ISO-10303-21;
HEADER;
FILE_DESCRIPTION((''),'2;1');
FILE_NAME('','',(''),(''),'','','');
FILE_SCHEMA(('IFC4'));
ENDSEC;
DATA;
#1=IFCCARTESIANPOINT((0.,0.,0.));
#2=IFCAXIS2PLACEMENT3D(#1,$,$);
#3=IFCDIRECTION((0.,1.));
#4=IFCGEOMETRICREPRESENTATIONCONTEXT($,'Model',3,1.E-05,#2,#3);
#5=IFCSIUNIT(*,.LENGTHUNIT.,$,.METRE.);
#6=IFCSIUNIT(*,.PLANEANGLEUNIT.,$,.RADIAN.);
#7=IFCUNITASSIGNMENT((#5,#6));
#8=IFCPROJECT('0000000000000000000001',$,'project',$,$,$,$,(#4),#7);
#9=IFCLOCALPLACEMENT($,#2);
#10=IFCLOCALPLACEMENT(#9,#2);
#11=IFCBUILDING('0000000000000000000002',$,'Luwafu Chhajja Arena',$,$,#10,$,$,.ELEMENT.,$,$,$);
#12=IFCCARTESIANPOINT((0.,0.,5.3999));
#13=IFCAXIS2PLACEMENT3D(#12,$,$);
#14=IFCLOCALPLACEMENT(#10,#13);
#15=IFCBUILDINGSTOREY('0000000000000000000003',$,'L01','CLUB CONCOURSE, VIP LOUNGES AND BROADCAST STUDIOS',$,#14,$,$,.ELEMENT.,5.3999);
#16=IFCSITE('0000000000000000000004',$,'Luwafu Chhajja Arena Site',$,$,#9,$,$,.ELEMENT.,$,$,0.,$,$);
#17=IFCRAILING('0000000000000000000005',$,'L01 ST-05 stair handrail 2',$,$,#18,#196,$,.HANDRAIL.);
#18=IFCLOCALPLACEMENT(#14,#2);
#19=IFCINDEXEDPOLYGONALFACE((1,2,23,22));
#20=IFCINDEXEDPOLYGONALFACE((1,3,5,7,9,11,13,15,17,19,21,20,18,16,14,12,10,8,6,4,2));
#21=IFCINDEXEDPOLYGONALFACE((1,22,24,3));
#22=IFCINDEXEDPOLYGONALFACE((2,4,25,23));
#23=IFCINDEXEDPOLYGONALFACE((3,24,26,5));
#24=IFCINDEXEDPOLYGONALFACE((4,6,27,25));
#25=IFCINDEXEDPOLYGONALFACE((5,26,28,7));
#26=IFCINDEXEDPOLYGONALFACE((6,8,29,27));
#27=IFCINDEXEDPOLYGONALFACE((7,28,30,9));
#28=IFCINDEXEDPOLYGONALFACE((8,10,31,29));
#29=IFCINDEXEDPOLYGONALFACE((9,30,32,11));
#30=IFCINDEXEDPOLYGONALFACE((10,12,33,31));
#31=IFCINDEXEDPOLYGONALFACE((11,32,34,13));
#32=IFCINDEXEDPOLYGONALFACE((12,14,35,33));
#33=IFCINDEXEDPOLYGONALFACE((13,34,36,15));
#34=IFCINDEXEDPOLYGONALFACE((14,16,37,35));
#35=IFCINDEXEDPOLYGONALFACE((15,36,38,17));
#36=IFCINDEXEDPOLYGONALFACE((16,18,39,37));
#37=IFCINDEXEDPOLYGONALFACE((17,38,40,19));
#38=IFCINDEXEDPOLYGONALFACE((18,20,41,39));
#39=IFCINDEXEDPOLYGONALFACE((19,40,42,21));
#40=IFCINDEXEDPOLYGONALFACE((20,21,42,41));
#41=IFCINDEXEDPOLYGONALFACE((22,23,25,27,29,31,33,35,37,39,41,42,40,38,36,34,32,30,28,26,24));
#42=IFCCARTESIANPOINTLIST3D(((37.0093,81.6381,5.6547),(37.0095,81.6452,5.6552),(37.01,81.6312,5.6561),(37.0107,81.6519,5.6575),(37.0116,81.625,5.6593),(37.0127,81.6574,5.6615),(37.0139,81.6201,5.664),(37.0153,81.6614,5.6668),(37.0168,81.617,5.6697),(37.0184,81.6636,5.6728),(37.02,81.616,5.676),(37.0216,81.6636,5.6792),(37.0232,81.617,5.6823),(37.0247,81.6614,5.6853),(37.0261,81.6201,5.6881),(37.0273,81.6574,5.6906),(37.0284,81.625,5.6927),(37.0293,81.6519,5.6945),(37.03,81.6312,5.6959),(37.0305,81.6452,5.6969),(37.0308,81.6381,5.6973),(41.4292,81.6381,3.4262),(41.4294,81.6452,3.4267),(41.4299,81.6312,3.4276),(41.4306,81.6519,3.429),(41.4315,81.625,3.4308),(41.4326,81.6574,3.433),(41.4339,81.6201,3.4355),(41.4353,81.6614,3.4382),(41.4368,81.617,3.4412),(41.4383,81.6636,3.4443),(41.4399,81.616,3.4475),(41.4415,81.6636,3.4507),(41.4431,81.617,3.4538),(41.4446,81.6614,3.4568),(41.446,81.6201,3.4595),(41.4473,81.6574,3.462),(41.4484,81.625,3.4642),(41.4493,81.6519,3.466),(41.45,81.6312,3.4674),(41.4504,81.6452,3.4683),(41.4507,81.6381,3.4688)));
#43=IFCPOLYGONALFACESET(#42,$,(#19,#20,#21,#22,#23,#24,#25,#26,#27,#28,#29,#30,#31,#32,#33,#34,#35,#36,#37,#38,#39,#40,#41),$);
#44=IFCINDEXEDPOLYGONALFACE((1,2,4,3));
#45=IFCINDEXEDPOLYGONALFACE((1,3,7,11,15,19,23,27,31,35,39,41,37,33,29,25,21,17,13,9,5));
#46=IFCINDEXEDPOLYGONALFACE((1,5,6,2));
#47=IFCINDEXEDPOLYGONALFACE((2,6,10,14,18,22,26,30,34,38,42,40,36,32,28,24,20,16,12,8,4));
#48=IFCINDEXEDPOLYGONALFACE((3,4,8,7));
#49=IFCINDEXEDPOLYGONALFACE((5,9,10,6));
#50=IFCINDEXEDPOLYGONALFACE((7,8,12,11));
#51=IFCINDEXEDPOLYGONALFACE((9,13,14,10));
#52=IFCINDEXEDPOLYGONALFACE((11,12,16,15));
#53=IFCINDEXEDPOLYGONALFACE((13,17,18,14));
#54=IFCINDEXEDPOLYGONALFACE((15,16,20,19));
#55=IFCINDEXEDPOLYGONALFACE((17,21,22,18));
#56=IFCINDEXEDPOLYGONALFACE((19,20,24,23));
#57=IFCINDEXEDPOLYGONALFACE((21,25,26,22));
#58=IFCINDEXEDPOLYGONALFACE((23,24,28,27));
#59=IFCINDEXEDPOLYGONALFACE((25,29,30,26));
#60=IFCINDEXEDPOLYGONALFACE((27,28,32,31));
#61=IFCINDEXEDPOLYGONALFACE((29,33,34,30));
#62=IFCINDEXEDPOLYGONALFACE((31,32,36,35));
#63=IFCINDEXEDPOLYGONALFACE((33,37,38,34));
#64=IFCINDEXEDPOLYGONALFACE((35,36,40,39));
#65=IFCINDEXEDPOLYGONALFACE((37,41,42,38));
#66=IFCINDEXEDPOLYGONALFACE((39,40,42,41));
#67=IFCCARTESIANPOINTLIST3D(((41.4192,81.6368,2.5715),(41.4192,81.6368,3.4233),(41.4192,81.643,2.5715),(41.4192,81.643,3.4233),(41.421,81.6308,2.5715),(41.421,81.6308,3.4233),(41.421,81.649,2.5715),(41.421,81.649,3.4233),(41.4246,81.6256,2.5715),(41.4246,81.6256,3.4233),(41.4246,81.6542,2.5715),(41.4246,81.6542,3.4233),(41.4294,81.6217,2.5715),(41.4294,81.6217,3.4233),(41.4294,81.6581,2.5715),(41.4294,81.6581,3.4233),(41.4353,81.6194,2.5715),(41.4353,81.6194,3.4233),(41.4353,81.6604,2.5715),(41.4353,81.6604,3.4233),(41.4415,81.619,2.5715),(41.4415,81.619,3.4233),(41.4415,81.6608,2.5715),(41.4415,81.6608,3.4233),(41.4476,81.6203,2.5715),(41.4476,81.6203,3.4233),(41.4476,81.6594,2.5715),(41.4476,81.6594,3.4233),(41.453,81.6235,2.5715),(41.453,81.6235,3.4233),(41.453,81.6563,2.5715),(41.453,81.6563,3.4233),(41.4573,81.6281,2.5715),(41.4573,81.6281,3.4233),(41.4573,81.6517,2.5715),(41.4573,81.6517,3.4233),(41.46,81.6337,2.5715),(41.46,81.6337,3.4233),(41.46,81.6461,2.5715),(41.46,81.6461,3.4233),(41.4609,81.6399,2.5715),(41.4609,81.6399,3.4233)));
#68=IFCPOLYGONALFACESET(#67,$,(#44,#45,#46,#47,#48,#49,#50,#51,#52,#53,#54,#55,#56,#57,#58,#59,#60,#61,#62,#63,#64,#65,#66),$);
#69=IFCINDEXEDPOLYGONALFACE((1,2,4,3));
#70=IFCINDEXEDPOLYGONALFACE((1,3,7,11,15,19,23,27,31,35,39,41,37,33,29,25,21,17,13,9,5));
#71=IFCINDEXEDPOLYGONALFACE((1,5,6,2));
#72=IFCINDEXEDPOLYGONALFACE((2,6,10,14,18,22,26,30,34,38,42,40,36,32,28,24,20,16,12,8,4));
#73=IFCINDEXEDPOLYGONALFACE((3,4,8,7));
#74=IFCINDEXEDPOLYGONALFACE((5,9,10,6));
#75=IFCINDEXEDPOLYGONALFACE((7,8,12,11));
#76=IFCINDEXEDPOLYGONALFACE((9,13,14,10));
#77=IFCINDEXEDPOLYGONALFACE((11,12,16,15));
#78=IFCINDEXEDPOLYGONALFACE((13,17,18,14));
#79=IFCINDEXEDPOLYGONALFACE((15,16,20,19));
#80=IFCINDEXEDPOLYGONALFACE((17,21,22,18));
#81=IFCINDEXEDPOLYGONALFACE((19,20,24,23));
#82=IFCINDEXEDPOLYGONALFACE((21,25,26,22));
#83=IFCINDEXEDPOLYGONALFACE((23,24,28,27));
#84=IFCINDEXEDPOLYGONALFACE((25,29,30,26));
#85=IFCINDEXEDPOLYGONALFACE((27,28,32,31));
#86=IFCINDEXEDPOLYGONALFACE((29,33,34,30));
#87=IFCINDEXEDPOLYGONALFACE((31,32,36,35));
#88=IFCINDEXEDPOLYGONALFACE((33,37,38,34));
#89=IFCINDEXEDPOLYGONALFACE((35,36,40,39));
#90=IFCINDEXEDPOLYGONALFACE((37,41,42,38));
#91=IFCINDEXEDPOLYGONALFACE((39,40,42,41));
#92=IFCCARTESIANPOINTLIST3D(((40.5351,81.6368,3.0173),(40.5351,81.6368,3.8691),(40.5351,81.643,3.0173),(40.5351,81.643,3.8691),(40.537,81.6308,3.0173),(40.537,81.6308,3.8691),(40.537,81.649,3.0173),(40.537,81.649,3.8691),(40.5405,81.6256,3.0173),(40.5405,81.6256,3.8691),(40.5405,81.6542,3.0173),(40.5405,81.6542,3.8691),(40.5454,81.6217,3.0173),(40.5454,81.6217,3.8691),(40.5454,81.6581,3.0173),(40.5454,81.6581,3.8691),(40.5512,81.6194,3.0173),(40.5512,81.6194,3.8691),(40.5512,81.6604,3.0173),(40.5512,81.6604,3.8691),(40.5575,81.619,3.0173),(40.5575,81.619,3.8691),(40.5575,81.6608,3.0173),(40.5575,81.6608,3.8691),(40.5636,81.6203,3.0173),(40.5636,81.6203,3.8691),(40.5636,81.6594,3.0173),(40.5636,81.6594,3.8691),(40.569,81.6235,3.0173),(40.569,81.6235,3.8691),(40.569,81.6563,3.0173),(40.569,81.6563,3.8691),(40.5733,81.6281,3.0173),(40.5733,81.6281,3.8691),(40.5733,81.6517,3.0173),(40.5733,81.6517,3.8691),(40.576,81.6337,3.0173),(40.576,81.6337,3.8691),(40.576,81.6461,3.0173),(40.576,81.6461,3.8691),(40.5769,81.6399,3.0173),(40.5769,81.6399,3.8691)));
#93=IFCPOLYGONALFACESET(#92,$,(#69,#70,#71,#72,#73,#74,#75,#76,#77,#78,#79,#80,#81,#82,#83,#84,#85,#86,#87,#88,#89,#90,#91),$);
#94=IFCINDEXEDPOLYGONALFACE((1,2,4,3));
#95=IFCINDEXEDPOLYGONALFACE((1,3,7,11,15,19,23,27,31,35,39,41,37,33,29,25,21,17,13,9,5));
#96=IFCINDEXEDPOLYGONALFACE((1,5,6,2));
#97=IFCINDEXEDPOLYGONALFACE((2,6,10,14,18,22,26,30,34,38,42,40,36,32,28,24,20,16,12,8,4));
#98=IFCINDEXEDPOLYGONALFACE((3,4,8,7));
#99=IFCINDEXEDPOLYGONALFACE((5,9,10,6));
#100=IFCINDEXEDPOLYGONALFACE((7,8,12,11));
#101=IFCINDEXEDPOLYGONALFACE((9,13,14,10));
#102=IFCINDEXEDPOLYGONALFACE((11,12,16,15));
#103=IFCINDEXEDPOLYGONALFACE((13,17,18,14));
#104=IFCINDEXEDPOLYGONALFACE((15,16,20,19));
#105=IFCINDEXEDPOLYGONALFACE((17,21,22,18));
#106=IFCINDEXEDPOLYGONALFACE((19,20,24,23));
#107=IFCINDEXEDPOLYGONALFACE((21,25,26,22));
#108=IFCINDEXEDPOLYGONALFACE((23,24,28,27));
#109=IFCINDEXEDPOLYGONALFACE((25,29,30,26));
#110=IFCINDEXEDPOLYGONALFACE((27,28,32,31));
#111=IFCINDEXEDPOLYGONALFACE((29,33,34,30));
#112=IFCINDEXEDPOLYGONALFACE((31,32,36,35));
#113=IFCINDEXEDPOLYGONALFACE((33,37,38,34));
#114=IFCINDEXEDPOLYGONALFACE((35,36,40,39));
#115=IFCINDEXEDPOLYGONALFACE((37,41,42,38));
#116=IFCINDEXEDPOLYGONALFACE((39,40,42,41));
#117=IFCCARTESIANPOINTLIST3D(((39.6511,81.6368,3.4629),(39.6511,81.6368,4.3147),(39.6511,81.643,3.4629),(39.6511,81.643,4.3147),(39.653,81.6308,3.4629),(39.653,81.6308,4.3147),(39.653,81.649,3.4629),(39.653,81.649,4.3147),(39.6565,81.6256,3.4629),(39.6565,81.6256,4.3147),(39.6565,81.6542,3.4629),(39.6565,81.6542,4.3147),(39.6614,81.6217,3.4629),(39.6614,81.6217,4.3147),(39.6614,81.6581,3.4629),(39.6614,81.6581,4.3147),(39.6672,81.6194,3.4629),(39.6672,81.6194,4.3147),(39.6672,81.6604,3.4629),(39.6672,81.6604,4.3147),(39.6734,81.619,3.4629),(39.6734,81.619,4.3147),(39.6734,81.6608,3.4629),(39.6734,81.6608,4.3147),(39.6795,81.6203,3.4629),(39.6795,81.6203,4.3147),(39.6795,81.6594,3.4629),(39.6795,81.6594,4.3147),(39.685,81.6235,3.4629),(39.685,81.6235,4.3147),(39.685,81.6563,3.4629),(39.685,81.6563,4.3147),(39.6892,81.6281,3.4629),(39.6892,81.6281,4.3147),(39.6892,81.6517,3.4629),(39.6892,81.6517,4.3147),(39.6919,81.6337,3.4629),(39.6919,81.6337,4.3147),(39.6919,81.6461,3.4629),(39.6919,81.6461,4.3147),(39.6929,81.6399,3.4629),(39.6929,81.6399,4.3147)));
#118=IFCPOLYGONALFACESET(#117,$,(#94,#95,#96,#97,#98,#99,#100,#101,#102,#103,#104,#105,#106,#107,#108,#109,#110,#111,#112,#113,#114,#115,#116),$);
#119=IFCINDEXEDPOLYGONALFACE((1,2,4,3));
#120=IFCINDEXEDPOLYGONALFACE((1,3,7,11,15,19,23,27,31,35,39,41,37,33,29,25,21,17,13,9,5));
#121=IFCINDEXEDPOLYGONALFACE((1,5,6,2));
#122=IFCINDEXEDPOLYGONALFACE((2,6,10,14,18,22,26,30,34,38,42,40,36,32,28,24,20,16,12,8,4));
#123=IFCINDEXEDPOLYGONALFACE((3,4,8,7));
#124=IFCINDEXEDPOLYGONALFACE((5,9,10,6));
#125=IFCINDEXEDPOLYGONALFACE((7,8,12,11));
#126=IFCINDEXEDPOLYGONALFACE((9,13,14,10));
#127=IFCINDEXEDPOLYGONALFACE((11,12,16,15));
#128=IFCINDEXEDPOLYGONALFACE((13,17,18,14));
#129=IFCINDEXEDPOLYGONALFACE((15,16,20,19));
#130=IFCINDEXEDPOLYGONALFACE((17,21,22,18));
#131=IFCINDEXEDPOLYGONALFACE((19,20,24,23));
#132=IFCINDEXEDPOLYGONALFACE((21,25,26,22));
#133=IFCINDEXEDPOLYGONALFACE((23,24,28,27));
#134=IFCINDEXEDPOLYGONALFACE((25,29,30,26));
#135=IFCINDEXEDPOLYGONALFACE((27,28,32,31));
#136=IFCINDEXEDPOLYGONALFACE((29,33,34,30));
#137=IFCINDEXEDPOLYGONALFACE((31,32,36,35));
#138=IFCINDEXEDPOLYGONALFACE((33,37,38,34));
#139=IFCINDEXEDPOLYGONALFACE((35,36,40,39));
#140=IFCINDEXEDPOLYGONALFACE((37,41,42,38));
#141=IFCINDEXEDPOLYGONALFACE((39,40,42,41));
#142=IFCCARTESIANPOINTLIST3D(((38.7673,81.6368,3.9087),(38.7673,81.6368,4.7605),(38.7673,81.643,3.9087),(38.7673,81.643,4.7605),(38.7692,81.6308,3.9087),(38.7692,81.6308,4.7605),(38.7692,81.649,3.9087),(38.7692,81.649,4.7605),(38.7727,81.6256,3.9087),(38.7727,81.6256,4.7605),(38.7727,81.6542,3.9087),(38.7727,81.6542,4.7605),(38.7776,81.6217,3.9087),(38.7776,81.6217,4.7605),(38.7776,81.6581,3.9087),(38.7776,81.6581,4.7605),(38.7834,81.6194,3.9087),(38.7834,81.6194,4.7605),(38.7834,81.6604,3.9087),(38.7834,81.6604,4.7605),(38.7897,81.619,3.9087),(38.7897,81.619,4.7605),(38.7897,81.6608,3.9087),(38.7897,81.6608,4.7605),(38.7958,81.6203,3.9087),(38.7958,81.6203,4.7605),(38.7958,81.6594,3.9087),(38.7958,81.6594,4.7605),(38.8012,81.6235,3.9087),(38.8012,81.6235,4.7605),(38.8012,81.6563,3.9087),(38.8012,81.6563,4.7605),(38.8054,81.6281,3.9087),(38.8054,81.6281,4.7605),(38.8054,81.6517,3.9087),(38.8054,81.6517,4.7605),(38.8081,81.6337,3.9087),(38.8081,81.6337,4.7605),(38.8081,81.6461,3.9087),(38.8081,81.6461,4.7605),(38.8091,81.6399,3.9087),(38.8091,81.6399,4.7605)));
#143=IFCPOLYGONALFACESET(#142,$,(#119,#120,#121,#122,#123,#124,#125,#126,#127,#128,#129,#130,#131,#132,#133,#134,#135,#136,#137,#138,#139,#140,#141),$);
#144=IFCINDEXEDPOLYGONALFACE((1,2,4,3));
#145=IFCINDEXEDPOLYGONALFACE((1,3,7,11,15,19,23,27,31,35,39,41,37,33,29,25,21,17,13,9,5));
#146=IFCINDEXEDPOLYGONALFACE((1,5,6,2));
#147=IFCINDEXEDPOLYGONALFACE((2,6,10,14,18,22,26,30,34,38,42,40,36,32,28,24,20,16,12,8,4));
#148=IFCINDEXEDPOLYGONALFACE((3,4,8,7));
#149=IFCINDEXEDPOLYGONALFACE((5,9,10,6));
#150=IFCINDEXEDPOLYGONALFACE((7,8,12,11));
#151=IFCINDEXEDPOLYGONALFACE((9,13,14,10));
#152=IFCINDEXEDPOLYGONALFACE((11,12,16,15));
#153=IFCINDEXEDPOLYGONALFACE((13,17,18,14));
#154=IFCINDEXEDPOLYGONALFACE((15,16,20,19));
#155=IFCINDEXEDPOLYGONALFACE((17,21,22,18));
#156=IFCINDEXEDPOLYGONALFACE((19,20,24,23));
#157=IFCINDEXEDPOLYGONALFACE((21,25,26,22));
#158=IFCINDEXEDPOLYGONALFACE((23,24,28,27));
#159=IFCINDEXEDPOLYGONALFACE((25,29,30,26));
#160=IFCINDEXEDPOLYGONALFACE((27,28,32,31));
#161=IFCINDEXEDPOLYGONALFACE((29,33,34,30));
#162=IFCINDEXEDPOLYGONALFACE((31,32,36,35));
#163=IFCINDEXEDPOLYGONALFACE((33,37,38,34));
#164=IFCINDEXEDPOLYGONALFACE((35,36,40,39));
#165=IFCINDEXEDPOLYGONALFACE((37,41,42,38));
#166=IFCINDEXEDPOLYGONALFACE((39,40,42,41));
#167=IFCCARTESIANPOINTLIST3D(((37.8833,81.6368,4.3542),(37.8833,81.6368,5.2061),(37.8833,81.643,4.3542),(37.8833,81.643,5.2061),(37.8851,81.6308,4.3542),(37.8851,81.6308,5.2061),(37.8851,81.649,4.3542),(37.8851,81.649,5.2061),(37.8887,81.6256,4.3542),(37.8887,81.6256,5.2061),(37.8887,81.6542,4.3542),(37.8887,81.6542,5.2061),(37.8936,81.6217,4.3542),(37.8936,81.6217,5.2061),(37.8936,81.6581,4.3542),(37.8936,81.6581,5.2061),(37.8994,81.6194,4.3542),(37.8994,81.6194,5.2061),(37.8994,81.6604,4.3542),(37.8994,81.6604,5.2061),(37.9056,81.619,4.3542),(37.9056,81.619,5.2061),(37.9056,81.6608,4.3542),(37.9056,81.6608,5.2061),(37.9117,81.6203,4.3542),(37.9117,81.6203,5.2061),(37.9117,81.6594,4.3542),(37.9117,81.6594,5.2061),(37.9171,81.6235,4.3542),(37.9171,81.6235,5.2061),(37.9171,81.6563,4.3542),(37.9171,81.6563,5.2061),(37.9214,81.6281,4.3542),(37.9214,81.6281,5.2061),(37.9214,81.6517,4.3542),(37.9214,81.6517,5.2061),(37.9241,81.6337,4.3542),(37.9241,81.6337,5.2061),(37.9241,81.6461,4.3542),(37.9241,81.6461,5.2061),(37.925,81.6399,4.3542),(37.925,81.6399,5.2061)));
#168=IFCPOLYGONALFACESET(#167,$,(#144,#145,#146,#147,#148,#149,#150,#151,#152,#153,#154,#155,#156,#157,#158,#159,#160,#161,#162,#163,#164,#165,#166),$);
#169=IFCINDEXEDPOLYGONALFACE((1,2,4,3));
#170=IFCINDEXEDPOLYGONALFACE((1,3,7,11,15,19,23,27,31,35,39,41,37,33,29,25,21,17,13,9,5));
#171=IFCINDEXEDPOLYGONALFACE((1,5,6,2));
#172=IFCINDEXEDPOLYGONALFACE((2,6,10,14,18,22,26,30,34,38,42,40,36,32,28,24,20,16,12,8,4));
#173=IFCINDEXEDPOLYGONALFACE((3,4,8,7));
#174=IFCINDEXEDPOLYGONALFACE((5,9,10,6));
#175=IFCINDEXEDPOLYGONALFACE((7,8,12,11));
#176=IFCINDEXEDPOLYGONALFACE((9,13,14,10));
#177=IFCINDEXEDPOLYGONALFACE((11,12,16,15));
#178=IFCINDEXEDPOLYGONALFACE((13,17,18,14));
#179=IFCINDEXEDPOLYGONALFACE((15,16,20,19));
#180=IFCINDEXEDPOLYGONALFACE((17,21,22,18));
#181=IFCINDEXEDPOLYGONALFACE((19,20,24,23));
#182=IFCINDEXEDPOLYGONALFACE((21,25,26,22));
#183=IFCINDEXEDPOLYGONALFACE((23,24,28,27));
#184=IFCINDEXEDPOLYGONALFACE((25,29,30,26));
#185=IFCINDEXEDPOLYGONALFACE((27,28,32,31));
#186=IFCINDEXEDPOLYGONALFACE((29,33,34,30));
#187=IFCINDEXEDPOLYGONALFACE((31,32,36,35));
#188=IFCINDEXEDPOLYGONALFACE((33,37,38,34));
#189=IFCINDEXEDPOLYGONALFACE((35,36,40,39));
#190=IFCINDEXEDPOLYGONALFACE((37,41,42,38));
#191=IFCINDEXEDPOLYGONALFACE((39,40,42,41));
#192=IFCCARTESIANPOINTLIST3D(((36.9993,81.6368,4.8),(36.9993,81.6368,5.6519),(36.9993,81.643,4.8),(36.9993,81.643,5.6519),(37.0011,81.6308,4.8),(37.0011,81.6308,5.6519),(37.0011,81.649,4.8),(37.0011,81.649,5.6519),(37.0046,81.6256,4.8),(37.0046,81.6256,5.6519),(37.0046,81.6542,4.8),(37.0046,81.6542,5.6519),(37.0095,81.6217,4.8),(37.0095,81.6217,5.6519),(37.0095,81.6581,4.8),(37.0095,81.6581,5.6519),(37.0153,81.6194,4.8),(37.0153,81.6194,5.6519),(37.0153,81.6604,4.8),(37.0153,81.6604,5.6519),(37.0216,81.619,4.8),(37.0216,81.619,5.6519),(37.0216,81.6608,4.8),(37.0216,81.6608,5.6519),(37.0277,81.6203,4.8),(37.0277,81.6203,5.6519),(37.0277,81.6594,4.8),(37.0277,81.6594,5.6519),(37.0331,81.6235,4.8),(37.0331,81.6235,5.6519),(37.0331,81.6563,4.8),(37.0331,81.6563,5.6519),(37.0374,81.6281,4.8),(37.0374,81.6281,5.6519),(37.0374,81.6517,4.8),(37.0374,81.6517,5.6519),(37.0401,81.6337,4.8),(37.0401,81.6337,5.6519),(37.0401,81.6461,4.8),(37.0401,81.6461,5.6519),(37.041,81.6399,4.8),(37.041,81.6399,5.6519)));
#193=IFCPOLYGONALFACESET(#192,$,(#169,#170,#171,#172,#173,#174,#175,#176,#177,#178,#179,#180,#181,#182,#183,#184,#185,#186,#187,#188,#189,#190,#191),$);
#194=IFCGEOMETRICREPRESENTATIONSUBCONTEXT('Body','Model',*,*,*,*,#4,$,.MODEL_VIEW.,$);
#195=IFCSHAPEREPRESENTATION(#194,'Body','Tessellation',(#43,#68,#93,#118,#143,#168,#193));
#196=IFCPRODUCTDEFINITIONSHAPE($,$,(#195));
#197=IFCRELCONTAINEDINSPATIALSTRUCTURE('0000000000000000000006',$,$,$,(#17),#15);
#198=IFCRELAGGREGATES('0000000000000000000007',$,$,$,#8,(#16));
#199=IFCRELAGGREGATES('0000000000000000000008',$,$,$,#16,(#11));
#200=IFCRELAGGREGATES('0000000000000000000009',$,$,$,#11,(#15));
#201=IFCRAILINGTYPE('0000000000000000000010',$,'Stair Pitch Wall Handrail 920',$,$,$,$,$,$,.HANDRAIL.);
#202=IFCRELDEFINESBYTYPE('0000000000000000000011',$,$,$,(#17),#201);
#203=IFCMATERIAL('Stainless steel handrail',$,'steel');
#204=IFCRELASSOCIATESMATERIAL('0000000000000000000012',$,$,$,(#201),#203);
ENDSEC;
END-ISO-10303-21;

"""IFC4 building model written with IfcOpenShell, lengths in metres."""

from ifc_helpers import new_model, si_unit, direction, frame, origin, origin_2d, place, context, subcontext, project, spatial, circle, extrude, material, type_object, element, save


model = new_model("IFC4")

# Units and contexts
model_context = context("Model", 3, precision=1e-05, world=origin(), true_north=direction((0.0, 1.0)))
body_context = subcontext(model_context, "Body", "Model", "MODEL_VIEW")
ifc_project = project(units=[si_unit("LENGTHUNIT", "METRE"), si_unit("PLANEANGLEUNIT", "RADIAN")], contexts=[model_context])

# Site, building, storey
site_placement = place(None, origin())
site = spatial("IfcSite", under=ifc_project, at=site_placement, Name="Luwafu Chhajja Arena Site", CompositionType="ELEMENT", RefElevation=0.0)
building_placement = place(site_placement, origin())
building = spatial("IfcBuilding", under=site, at=building_placement, Name="Luwafu Chhajja Arena", CompositionType="ELEMENT")
storey_placement = place(building_placement, frame((0.0, 0.0, 5.3999)))
storey = spatial("IfcBuildingStorey", under=building, at=storey_placement, Name="L01", Description="CLUB CONCOURSE, VIP LOUNGES AND BROADCAST STUDIOS", CompositionType="ELEMENT", Elevation=5.3999)

# Railing
ifc_material_1 = material(Name="Stainless steel handrail", Category="steel")
railing_type_1 = type_object("IfcRailingType", Name="Stair Pitch Wall Handrail 920", PredefinedType="HANDRAIL", material=ifc_material_1)
for number, where, name in (
    (1, (41.4399, 81.6399, 2.5715), "L01 ST-05 stair handrail 2"),
):
    element("IfcRailing", number, at=place(storey_placement, frame(where)), inside=storey, type_object=railing_type_1, Name=name, PredefinedType="HANDRAIL", context=body_context, shape_type="SweptSolid", body=[
        extrude(circle(Radius=0.0239, at=origin_2d()), frame((0.0, 0.0, 0.876), z_axis=(-0.892923, 0.0, 0.45021), x_axis=(0.0, -1.0, 0.0)), (0.0, 0.0, 1.0), 4.95),
        extrude(circle(Radius=0.021, at=origin_2d()), origin(), (0.0, 0.0, 1.0), 0.8518),
        extrude(circle(Radius=0.021, at=origin_2d()), frame((-0.884, 0.0, 0.4458)), (0.0, 0.0, 1.0), 0.8518),
        extrude(circle(Radius=0.021, at=origin_2d()), frame((-1.7681, 0.0, 0.8914)), (0.0, 0.0, 1.0), 0.8518),
        extrude(circle(Radius=0.021, at=origin_2d()), frame((-2.6519, 0.0, 1.3372)), (0.0, 0.0, 1.0), 0.8518),
        extrude(circle(Radius=0.021, at=origin_2d()), frame((-3.5359, 0.0, 1.7827)), (0.0, 0.0, 1.0), 0.8518),
        extrude(circle(Radius=0.021, at=origin_2d()), frame((-4.4199, 0.0, 2.2285)), (0.0, 0.0, 1.0), 0.8518),
    ])

save(model, "model.ifc")
